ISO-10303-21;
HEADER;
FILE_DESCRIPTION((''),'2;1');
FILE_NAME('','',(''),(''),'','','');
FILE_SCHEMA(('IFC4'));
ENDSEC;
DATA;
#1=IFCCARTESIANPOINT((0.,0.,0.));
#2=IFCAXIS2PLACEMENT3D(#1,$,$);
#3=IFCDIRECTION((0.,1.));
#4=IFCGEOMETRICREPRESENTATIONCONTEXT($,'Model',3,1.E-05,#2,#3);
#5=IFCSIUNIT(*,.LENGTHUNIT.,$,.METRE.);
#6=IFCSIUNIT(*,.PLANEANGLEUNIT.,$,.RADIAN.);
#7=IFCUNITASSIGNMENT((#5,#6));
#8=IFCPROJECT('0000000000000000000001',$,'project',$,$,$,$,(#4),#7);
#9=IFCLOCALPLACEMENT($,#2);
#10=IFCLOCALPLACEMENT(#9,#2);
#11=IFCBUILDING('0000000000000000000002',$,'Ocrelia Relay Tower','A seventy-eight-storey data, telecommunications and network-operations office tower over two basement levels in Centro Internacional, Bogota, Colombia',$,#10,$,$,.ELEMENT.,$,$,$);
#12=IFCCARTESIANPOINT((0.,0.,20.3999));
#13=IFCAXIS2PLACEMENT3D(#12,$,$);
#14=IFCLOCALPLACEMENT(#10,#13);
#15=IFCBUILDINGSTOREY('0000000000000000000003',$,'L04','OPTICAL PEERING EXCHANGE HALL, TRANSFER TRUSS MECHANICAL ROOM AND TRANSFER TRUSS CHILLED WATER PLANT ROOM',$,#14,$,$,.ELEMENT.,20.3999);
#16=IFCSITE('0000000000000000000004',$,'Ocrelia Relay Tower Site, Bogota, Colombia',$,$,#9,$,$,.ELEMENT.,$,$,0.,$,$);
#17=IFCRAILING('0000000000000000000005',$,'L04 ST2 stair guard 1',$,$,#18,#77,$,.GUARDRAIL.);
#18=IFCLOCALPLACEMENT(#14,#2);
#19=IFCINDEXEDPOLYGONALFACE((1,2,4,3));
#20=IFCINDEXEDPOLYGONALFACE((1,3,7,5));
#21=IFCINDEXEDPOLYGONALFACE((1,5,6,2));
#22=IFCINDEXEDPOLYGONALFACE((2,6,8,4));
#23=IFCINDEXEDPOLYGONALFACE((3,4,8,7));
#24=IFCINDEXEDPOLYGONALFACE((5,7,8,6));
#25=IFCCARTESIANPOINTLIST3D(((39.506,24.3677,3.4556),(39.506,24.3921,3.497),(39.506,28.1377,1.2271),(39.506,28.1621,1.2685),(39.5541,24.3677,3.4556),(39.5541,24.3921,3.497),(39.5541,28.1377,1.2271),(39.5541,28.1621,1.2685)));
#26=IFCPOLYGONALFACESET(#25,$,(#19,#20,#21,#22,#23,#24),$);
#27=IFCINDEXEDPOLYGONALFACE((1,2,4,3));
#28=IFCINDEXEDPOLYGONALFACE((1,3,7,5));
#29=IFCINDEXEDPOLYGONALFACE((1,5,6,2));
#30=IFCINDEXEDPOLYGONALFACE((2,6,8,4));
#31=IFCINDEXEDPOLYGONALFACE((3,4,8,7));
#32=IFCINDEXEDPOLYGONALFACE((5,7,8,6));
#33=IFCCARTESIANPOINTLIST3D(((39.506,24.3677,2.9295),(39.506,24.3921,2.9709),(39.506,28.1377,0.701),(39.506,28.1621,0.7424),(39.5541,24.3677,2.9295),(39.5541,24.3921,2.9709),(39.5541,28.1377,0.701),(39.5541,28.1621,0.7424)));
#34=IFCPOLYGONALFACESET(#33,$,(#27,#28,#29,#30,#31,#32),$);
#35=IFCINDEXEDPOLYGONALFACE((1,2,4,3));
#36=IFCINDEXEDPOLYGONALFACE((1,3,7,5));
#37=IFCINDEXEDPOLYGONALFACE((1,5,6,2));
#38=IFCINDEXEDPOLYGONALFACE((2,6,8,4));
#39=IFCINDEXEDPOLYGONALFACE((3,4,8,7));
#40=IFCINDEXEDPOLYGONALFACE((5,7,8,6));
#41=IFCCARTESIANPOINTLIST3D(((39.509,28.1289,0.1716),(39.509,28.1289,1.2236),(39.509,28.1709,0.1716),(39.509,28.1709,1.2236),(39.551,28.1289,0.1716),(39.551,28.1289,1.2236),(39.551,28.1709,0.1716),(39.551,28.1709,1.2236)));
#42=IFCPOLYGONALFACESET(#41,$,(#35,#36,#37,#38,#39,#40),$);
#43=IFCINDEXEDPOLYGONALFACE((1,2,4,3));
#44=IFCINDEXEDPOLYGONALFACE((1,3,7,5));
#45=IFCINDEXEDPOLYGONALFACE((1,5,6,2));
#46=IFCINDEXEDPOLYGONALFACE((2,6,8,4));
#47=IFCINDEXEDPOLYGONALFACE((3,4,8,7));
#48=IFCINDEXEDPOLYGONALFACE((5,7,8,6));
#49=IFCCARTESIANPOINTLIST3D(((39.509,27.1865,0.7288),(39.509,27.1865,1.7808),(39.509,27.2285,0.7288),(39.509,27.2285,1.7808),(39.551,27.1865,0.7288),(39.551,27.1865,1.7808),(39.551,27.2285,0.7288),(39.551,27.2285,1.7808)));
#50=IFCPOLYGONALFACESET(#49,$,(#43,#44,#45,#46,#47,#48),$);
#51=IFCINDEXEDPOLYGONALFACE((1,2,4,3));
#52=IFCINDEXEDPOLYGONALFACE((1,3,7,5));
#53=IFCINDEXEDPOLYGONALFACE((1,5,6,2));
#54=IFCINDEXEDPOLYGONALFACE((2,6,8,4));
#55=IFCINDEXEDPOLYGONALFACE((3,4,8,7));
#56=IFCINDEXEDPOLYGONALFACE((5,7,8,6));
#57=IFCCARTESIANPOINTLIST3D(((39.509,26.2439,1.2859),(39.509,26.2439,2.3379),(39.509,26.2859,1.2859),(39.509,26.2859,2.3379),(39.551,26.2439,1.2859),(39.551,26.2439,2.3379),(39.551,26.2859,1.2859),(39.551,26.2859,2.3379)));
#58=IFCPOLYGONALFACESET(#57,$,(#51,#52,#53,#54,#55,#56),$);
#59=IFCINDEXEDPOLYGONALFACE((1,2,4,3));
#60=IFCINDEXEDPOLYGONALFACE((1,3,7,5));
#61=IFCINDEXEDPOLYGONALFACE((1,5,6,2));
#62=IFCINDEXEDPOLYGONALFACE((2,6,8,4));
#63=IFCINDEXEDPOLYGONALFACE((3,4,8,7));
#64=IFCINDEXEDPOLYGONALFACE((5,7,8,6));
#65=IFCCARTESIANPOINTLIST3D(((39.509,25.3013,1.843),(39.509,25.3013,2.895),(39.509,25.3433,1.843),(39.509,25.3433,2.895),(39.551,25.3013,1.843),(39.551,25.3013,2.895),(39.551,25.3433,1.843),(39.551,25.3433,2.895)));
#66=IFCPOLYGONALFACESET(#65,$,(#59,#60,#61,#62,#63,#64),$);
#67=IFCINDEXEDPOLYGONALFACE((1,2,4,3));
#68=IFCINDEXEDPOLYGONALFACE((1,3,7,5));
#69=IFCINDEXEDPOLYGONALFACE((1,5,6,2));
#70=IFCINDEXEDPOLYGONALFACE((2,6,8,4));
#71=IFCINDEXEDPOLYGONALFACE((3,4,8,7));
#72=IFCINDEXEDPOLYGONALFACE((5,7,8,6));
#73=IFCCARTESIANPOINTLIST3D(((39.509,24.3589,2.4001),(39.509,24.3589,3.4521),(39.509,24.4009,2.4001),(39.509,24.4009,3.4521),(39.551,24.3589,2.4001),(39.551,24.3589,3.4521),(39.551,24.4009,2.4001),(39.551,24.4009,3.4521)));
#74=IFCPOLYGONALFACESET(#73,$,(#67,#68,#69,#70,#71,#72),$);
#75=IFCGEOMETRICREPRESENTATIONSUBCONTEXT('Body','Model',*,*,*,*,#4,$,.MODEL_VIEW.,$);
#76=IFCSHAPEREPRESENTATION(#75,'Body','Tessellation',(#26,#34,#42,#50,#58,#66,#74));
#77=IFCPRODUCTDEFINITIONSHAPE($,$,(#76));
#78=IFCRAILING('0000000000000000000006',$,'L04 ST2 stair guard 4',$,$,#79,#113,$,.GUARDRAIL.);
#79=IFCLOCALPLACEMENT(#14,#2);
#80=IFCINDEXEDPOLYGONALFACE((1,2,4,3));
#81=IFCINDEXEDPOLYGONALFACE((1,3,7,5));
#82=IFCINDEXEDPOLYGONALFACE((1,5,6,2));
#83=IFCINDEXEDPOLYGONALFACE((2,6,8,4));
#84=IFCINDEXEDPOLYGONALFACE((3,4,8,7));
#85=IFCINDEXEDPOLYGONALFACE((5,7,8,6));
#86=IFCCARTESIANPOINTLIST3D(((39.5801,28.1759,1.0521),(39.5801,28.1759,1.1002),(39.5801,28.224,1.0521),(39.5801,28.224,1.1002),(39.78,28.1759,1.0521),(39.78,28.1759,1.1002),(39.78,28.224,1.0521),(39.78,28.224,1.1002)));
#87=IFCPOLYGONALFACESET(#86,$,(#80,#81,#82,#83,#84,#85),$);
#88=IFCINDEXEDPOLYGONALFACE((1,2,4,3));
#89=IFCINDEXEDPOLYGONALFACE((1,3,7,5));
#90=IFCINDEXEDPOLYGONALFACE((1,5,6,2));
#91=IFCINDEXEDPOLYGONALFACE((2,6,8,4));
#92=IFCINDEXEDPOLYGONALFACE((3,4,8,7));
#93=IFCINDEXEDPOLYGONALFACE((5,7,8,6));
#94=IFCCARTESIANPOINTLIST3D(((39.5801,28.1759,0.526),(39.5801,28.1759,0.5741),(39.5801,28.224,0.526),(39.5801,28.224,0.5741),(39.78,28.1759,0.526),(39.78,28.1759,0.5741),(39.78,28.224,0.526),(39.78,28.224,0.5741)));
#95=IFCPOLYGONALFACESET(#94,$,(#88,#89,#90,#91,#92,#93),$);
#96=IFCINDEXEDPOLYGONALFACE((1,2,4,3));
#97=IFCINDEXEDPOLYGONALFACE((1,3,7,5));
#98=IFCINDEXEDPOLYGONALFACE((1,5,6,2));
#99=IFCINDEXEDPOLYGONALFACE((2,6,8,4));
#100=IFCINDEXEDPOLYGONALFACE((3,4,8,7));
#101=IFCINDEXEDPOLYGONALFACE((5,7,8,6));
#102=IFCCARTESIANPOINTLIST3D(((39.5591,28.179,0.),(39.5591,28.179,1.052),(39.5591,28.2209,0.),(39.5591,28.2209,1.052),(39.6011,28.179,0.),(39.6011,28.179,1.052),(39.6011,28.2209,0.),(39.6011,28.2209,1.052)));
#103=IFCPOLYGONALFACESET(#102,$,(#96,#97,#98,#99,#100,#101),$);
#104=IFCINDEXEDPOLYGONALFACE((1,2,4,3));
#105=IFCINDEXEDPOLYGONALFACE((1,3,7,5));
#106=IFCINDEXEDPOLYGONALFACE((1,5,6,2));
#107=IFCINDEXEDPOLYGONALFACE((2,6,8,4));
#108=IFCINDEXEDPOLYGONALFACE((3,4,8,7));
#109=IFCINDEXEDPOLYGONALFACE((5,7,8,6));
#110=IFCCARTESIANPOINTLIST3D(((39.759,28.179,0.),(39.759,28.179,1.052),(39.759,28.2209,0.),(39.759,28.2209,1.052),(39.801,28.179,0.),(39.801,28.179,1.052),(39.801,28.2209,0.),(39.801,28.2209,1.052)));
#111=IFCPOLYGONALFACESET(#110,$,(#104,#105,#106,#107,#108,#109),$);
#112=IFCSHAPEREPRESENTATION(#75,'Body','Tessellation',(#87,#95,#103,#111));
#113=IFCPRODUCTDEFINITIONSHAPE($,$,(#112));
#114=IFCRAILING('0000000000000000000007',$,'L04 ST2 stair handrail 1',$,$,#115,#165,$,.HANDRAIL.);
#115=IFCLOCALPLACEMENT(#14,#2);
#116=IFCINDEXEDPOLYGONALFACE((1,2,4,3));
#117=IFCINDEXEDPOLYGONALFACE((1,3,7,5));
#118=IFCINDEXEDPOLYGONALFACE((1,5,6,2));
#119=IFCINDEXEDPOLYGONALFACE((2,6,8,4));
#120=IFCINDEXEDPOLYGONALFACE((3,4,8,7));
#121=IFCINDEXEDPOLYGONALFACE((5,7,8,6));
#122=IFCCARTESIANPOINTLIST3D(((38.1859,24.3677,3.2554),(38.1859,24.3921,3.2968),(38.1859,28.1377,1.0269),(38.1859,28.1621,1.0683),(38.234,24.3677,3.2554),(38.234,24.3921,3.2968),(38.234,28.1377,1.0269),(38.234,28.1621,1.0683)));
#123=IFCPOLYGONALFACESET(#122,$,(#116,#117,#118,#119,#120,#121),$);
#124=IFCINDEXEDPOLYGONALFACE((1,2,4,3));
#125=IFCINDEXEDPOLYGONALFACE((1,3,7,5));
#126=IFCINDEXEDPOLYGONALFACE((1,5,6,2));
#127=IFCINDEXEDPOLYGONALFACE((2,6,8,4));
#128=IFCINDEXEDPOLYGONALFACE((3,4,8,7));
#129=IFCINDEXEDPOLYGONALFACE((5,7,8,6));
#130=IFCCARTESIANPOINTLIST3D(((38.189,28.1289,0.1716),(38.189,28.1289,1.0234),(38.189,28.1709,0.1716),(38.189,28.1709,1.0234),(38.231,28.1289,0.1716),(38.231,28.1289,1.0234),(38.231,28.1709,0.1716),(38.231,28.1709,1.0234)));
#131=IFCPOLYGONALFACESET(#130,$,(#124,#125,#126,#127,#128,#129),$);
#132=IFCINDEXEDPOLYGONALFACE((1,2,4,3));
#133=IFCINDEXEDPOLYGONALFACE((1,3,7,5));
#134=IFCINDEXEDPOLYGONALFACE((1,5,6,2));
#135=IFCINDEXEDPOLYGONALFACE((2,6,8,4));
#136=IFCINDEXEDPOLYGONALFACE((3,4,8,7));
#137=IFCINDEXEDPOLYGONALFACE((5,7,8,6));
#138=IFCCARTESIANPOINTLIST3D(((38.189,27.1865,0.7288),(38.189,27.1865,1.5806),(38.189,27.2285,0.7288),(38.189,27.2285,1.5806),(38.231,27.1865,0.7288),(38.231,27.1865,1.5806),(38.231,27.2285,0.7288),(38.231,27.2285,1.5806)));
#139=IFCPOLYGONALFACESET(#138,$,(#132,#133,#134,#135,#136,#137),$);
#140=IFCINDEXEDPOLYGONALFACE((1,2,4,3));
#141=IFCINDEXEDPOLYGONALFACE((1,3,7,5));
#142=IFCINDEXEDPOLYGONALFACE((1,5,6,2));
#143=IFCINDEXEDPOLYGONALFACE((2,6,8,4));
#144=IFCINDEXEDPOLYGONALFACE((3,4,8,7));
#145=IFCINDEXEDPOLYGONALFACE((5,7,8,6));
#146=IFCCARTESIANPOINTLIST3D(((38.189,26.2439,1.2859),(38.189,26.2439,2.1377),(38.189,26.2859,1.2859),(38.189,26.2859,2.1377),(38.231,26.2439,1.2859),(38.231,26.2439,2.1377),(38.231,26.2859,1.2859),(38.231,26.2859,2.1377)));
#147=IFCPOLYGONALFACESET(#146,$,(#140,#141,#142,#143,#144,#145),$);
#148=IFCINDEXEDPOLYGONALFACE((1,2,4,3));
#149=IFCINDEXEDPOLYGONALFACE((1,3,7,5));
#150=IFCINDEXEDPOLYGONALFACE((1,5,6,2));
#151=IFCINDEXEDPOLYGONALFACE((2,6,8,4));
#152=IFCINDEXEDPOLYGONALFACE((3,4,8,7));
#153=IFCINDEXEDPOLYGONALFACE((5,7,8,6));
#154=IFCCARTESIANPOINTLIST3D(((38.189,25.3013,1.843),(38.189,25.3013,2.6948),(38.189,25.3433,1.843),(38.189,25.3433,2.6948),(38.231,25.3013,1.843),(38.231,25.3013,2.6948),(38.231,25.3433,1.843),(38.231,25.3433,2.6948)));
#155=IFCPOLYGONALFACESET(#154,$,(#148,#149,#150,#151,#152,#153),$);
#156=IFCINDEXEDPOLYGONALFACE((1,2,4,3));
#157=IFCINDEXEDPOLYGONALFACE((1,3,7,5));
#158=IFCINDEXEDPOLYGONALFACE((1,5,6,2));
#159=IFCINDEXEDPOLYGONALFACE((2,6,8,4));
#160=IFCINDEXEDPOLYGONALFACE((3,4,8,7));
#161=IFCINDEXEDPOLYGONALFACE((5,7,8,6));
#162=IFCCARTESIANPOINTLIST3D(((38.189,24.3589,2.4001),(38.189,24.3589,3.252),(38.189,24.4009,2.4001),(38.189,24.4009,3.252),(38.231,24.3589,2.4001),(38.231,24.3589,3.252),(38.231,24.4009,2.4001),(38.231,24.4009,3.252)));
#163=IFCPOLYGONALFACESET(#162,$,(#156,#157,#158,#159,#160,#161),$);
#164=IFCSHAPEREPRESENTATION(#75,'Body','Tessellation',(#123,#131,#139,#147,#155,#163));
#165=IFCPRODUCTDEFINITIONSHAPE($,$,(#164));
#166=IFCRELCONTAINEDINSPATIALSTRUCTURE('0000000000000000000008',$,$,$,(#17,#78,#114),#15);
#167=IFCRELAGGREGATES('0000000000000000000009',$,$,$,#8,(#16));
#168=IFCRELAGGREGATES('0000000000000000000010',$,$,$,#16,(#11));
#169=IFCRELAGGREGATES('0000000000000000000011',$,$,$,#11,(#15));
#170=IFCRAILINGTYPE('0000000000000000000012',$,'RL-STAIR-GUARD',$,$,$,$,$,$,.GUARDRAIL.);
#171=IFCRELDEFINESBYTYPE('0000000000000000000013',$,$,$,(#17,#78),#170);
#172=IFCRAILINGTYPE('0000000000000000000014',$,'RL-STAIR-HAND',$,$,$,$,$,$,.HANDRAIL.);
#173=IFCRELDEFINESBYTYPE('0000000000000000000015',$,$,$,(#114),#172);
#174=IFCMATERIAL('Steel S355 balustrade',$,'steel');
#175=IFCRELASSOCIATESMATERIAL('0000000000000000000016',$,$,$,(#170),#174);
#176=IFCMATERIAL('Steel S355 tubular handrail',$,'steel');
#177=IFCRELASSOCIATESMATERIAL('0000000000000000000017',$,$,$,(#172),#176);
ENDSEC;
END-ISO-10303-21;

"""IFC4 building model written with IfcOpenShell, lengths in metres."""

from ifc_helpers import new_model, si_unit, direction, frame, origin, origin_2d, place, context, subcontext, project, spatial, rectangle, extrude, material, type_object, element, save


model = new_model("IFC4")

# Units and contexts
model_context = context("Model", 3, precision=1e-05, world=origin(), true_north=direction((0.0, 1.0)))
body_context = subcontext(model_context, "Body", "Model", "MODEL_VIEW")
ifc_project = project(units=[si_unit("LENGTHUNIT", "METRE"), si_unit("PLANEANGLEUNIT", "RADIAN")], contexts=[model_context])

# Site, building, storey
site_placement = place(None, origin())
site = spatial("IfcSite", under=ifc_project, at=site_placement, Name="Ocrelia Relay Tower Site, Bogota, Colombia", CompositionType="ELEMENT", RefElevation=0.0)
building_placement = place(site_placement, origin())
building = spatial("IfcBuilding", under=site, at=building_placement, Name="Ocrelia Relay Tower", Description="A seventy-eight-storey data, telecommunications and network-operations office tower over two basement levels in Centro Internacional, Bogota, Colombia", CompositionType="ELEMENT")
storey_placement = place(building_placement, frame((0.0, 0.0, 20.3999)))
storey = spatial("IfcBuildingStorey", under=building, at=storey_placement, Name="L04", Description="OPTICAL PEERING EXCHANGE HALL, TRANSFER TRUSS MECHANICAL ROOM AND TRANSFER TRUSS CHILLED WATER PLANT ROOM", CompositionType="ELEMENT", Elevation=20.3999)

# Railings
ifc_material_1 = material(Name="Steel S355 balustrade", Category="steel")
railing_type_1 = type_object("IfcRailingType", Name="RL-STAIR-GUARD", PredefinedType="GUARDRAIL", material=ifc_material_1)
railing_1_placement = place(storey_placement, frame((39.53, 28.1499, 0.1716)))
element("IfcRailing", 1, at=railing_1_placement, inside=storey, type_object=railing_type_1, Name="L04 ST2 stair guard 1", PredefinedType="GUARDRAIL", context=body_context, shape_type="SweptSolid", body=[
    extrude(rectangle(XDim=0.0481, YDim=0.0481, at=origin_2d()), frame((0.0, 0.0, 1.0762), z_axis=(0.0, -0.860849, 0.508861), x_axis=(1.0, 0.0, 0.0)), (0.0, 0.0, 1.0), 4.3794),
    extrude(rectangle(XDim=0.0481, YDim=0.0481, at=origin_2d()), frame((0.0, 0.0, 0.55), z_axis=(0.0, -0.860849, 0.508861), x_axis=(1.0, 0.0, 0.0)), (0.0, 0.0, 1.0), 4.3794),
    extrude(rectangle(XDim=0.042, YDim=0.042, at=origin_2d()), origin(), (0.0, 0.0, 1.0), 1.052),
    extrude(rectangle(XDim=0.042, YDim=0.042, at=origin_2d()), frame((0.0, -0.9424, 0.5571)), (0.0, 0.0, 1.0), 1.052),
    extrude(rectangle(XDim=0.042, YDim=0.042, at=origin_2d()), frame((0.0, -1.885, 1.1143)), (0.0, 0.0, 1.0), 1.052),
    extrude(rectangle(XDim=0.042, YDim=0.042, at=origin_2d()), frame((0.0, -2.8276, 1.6714)), (0.0, 0.0, 1.0), 1.052),
    extrude(rectangle(XDim=0.042, YDim=0.042, at=origin_2d()), frame((0.0, -3.77, 2.2285)), (0.0, 0.0, 1.0), 1.052),
])
railing_2_placement = place(storey_placement, frame((39.5801, 28.2, 0.0)))
element("IfcRailing", 2, at=railing_2_placement, inside=storey, type_object=railing_type_1, Name="L04 ST2 stair guard 4", PredefinedType="GUARDRAIL", context=body_context, shape_type="SweptSolid", body=[
    extrude(rectangle(XDim=0.0481, YDim=0.0481, at=origin_2d()), frame((0.0, 0.0, 1.0762), z_axis=(1.0, 0.0, 0.0), x_axis=(0.0, 1.0, 0.0)), (0.0, 0.0, 1.0), 0.2),
    extrude(rectangle(XDim=0.0481, YDim=0.0481, at=origin_2d()), frame((0.0, 0.0, 0.55), z_axis=(1.0, 0.0, 0.0), x_axis=(0.0, 1.0, 0.0)), (0.0, 0.0, 1.0), 0.2),
    extrude(rectangle(XDim=0.042, YDim=0.042, at=origin_2d()), origin(), (0.0, 0.0, 1.0), 1.052),
    extrude(rectangle(XDim=0.042, YDim=0.042, at=origin_2d()), frame((0.2, 0.0, 0.0)), (0.0, 0.0, 1.0), 1.052),
])
ifc_material_2 = material(Name="Steel S355 tubular handrail", Category="steel")
railing_type_2 = type_object("IfcRailingType", Name="RL-STAIR-HAND", PredefinedType="HANDRAIL", material=ifc_material_2)
railing_3_placement = place(storey_placement, frame((38.21, 28.1499, 0.1716)))
element("IfcRailing", 3, at=railing_3_placement, inside=storey, type_object=railing_type_2, Name="L04 ST2 stair handrail 1", PredefinedType="HANDRAIL", context=body_context, shape_type="SweptSolid", body=[
    extrude(rectangle(XDim=0.0481, YDim=0.0481, at=origin_2d()), frame((0.0, 0.0, 0.876), z_axis=(0.0, -0.860849, 0.508861), x_axis=(1.0, 0.0, 0.0)), (0.0, 0.0, 1.0), 4.3794),
    extrude(rectangle(XDim=0.042, YDim=0.042, at=origin_2d()), origin(), (0.0, 0.0, 1.0), 0.8518),
    extrude(rectangle(XDim=0.042, YDim=0.042, at=origin_2d()), frame((0.0, -0.9424, 0.5571)), (0.0, 0.0, 1.0), 0.8518),
    extrude(rectangle(XDim=0.042, YDim=0.042, at=origin_2d()), frame((0.0, -1.885, 1.1143)), (0.0, 0.0, 1.0), 0.8518),
    extrude(rectangle(XDim=0.042, YDim=0.042, at=origin_2d()), frame((0.0, -2.8276, 1.6714)), (0.0, 0.0, 1.0), 0.8518),
    extrude(rectangle(XDim=0.042, YDim=0.042, at=origin_2d()), frame((0.0, -3.77, 2.2285)), (0.0, 0.0, 1.0), 0.8518),
])

save(model, "model.ifc")
